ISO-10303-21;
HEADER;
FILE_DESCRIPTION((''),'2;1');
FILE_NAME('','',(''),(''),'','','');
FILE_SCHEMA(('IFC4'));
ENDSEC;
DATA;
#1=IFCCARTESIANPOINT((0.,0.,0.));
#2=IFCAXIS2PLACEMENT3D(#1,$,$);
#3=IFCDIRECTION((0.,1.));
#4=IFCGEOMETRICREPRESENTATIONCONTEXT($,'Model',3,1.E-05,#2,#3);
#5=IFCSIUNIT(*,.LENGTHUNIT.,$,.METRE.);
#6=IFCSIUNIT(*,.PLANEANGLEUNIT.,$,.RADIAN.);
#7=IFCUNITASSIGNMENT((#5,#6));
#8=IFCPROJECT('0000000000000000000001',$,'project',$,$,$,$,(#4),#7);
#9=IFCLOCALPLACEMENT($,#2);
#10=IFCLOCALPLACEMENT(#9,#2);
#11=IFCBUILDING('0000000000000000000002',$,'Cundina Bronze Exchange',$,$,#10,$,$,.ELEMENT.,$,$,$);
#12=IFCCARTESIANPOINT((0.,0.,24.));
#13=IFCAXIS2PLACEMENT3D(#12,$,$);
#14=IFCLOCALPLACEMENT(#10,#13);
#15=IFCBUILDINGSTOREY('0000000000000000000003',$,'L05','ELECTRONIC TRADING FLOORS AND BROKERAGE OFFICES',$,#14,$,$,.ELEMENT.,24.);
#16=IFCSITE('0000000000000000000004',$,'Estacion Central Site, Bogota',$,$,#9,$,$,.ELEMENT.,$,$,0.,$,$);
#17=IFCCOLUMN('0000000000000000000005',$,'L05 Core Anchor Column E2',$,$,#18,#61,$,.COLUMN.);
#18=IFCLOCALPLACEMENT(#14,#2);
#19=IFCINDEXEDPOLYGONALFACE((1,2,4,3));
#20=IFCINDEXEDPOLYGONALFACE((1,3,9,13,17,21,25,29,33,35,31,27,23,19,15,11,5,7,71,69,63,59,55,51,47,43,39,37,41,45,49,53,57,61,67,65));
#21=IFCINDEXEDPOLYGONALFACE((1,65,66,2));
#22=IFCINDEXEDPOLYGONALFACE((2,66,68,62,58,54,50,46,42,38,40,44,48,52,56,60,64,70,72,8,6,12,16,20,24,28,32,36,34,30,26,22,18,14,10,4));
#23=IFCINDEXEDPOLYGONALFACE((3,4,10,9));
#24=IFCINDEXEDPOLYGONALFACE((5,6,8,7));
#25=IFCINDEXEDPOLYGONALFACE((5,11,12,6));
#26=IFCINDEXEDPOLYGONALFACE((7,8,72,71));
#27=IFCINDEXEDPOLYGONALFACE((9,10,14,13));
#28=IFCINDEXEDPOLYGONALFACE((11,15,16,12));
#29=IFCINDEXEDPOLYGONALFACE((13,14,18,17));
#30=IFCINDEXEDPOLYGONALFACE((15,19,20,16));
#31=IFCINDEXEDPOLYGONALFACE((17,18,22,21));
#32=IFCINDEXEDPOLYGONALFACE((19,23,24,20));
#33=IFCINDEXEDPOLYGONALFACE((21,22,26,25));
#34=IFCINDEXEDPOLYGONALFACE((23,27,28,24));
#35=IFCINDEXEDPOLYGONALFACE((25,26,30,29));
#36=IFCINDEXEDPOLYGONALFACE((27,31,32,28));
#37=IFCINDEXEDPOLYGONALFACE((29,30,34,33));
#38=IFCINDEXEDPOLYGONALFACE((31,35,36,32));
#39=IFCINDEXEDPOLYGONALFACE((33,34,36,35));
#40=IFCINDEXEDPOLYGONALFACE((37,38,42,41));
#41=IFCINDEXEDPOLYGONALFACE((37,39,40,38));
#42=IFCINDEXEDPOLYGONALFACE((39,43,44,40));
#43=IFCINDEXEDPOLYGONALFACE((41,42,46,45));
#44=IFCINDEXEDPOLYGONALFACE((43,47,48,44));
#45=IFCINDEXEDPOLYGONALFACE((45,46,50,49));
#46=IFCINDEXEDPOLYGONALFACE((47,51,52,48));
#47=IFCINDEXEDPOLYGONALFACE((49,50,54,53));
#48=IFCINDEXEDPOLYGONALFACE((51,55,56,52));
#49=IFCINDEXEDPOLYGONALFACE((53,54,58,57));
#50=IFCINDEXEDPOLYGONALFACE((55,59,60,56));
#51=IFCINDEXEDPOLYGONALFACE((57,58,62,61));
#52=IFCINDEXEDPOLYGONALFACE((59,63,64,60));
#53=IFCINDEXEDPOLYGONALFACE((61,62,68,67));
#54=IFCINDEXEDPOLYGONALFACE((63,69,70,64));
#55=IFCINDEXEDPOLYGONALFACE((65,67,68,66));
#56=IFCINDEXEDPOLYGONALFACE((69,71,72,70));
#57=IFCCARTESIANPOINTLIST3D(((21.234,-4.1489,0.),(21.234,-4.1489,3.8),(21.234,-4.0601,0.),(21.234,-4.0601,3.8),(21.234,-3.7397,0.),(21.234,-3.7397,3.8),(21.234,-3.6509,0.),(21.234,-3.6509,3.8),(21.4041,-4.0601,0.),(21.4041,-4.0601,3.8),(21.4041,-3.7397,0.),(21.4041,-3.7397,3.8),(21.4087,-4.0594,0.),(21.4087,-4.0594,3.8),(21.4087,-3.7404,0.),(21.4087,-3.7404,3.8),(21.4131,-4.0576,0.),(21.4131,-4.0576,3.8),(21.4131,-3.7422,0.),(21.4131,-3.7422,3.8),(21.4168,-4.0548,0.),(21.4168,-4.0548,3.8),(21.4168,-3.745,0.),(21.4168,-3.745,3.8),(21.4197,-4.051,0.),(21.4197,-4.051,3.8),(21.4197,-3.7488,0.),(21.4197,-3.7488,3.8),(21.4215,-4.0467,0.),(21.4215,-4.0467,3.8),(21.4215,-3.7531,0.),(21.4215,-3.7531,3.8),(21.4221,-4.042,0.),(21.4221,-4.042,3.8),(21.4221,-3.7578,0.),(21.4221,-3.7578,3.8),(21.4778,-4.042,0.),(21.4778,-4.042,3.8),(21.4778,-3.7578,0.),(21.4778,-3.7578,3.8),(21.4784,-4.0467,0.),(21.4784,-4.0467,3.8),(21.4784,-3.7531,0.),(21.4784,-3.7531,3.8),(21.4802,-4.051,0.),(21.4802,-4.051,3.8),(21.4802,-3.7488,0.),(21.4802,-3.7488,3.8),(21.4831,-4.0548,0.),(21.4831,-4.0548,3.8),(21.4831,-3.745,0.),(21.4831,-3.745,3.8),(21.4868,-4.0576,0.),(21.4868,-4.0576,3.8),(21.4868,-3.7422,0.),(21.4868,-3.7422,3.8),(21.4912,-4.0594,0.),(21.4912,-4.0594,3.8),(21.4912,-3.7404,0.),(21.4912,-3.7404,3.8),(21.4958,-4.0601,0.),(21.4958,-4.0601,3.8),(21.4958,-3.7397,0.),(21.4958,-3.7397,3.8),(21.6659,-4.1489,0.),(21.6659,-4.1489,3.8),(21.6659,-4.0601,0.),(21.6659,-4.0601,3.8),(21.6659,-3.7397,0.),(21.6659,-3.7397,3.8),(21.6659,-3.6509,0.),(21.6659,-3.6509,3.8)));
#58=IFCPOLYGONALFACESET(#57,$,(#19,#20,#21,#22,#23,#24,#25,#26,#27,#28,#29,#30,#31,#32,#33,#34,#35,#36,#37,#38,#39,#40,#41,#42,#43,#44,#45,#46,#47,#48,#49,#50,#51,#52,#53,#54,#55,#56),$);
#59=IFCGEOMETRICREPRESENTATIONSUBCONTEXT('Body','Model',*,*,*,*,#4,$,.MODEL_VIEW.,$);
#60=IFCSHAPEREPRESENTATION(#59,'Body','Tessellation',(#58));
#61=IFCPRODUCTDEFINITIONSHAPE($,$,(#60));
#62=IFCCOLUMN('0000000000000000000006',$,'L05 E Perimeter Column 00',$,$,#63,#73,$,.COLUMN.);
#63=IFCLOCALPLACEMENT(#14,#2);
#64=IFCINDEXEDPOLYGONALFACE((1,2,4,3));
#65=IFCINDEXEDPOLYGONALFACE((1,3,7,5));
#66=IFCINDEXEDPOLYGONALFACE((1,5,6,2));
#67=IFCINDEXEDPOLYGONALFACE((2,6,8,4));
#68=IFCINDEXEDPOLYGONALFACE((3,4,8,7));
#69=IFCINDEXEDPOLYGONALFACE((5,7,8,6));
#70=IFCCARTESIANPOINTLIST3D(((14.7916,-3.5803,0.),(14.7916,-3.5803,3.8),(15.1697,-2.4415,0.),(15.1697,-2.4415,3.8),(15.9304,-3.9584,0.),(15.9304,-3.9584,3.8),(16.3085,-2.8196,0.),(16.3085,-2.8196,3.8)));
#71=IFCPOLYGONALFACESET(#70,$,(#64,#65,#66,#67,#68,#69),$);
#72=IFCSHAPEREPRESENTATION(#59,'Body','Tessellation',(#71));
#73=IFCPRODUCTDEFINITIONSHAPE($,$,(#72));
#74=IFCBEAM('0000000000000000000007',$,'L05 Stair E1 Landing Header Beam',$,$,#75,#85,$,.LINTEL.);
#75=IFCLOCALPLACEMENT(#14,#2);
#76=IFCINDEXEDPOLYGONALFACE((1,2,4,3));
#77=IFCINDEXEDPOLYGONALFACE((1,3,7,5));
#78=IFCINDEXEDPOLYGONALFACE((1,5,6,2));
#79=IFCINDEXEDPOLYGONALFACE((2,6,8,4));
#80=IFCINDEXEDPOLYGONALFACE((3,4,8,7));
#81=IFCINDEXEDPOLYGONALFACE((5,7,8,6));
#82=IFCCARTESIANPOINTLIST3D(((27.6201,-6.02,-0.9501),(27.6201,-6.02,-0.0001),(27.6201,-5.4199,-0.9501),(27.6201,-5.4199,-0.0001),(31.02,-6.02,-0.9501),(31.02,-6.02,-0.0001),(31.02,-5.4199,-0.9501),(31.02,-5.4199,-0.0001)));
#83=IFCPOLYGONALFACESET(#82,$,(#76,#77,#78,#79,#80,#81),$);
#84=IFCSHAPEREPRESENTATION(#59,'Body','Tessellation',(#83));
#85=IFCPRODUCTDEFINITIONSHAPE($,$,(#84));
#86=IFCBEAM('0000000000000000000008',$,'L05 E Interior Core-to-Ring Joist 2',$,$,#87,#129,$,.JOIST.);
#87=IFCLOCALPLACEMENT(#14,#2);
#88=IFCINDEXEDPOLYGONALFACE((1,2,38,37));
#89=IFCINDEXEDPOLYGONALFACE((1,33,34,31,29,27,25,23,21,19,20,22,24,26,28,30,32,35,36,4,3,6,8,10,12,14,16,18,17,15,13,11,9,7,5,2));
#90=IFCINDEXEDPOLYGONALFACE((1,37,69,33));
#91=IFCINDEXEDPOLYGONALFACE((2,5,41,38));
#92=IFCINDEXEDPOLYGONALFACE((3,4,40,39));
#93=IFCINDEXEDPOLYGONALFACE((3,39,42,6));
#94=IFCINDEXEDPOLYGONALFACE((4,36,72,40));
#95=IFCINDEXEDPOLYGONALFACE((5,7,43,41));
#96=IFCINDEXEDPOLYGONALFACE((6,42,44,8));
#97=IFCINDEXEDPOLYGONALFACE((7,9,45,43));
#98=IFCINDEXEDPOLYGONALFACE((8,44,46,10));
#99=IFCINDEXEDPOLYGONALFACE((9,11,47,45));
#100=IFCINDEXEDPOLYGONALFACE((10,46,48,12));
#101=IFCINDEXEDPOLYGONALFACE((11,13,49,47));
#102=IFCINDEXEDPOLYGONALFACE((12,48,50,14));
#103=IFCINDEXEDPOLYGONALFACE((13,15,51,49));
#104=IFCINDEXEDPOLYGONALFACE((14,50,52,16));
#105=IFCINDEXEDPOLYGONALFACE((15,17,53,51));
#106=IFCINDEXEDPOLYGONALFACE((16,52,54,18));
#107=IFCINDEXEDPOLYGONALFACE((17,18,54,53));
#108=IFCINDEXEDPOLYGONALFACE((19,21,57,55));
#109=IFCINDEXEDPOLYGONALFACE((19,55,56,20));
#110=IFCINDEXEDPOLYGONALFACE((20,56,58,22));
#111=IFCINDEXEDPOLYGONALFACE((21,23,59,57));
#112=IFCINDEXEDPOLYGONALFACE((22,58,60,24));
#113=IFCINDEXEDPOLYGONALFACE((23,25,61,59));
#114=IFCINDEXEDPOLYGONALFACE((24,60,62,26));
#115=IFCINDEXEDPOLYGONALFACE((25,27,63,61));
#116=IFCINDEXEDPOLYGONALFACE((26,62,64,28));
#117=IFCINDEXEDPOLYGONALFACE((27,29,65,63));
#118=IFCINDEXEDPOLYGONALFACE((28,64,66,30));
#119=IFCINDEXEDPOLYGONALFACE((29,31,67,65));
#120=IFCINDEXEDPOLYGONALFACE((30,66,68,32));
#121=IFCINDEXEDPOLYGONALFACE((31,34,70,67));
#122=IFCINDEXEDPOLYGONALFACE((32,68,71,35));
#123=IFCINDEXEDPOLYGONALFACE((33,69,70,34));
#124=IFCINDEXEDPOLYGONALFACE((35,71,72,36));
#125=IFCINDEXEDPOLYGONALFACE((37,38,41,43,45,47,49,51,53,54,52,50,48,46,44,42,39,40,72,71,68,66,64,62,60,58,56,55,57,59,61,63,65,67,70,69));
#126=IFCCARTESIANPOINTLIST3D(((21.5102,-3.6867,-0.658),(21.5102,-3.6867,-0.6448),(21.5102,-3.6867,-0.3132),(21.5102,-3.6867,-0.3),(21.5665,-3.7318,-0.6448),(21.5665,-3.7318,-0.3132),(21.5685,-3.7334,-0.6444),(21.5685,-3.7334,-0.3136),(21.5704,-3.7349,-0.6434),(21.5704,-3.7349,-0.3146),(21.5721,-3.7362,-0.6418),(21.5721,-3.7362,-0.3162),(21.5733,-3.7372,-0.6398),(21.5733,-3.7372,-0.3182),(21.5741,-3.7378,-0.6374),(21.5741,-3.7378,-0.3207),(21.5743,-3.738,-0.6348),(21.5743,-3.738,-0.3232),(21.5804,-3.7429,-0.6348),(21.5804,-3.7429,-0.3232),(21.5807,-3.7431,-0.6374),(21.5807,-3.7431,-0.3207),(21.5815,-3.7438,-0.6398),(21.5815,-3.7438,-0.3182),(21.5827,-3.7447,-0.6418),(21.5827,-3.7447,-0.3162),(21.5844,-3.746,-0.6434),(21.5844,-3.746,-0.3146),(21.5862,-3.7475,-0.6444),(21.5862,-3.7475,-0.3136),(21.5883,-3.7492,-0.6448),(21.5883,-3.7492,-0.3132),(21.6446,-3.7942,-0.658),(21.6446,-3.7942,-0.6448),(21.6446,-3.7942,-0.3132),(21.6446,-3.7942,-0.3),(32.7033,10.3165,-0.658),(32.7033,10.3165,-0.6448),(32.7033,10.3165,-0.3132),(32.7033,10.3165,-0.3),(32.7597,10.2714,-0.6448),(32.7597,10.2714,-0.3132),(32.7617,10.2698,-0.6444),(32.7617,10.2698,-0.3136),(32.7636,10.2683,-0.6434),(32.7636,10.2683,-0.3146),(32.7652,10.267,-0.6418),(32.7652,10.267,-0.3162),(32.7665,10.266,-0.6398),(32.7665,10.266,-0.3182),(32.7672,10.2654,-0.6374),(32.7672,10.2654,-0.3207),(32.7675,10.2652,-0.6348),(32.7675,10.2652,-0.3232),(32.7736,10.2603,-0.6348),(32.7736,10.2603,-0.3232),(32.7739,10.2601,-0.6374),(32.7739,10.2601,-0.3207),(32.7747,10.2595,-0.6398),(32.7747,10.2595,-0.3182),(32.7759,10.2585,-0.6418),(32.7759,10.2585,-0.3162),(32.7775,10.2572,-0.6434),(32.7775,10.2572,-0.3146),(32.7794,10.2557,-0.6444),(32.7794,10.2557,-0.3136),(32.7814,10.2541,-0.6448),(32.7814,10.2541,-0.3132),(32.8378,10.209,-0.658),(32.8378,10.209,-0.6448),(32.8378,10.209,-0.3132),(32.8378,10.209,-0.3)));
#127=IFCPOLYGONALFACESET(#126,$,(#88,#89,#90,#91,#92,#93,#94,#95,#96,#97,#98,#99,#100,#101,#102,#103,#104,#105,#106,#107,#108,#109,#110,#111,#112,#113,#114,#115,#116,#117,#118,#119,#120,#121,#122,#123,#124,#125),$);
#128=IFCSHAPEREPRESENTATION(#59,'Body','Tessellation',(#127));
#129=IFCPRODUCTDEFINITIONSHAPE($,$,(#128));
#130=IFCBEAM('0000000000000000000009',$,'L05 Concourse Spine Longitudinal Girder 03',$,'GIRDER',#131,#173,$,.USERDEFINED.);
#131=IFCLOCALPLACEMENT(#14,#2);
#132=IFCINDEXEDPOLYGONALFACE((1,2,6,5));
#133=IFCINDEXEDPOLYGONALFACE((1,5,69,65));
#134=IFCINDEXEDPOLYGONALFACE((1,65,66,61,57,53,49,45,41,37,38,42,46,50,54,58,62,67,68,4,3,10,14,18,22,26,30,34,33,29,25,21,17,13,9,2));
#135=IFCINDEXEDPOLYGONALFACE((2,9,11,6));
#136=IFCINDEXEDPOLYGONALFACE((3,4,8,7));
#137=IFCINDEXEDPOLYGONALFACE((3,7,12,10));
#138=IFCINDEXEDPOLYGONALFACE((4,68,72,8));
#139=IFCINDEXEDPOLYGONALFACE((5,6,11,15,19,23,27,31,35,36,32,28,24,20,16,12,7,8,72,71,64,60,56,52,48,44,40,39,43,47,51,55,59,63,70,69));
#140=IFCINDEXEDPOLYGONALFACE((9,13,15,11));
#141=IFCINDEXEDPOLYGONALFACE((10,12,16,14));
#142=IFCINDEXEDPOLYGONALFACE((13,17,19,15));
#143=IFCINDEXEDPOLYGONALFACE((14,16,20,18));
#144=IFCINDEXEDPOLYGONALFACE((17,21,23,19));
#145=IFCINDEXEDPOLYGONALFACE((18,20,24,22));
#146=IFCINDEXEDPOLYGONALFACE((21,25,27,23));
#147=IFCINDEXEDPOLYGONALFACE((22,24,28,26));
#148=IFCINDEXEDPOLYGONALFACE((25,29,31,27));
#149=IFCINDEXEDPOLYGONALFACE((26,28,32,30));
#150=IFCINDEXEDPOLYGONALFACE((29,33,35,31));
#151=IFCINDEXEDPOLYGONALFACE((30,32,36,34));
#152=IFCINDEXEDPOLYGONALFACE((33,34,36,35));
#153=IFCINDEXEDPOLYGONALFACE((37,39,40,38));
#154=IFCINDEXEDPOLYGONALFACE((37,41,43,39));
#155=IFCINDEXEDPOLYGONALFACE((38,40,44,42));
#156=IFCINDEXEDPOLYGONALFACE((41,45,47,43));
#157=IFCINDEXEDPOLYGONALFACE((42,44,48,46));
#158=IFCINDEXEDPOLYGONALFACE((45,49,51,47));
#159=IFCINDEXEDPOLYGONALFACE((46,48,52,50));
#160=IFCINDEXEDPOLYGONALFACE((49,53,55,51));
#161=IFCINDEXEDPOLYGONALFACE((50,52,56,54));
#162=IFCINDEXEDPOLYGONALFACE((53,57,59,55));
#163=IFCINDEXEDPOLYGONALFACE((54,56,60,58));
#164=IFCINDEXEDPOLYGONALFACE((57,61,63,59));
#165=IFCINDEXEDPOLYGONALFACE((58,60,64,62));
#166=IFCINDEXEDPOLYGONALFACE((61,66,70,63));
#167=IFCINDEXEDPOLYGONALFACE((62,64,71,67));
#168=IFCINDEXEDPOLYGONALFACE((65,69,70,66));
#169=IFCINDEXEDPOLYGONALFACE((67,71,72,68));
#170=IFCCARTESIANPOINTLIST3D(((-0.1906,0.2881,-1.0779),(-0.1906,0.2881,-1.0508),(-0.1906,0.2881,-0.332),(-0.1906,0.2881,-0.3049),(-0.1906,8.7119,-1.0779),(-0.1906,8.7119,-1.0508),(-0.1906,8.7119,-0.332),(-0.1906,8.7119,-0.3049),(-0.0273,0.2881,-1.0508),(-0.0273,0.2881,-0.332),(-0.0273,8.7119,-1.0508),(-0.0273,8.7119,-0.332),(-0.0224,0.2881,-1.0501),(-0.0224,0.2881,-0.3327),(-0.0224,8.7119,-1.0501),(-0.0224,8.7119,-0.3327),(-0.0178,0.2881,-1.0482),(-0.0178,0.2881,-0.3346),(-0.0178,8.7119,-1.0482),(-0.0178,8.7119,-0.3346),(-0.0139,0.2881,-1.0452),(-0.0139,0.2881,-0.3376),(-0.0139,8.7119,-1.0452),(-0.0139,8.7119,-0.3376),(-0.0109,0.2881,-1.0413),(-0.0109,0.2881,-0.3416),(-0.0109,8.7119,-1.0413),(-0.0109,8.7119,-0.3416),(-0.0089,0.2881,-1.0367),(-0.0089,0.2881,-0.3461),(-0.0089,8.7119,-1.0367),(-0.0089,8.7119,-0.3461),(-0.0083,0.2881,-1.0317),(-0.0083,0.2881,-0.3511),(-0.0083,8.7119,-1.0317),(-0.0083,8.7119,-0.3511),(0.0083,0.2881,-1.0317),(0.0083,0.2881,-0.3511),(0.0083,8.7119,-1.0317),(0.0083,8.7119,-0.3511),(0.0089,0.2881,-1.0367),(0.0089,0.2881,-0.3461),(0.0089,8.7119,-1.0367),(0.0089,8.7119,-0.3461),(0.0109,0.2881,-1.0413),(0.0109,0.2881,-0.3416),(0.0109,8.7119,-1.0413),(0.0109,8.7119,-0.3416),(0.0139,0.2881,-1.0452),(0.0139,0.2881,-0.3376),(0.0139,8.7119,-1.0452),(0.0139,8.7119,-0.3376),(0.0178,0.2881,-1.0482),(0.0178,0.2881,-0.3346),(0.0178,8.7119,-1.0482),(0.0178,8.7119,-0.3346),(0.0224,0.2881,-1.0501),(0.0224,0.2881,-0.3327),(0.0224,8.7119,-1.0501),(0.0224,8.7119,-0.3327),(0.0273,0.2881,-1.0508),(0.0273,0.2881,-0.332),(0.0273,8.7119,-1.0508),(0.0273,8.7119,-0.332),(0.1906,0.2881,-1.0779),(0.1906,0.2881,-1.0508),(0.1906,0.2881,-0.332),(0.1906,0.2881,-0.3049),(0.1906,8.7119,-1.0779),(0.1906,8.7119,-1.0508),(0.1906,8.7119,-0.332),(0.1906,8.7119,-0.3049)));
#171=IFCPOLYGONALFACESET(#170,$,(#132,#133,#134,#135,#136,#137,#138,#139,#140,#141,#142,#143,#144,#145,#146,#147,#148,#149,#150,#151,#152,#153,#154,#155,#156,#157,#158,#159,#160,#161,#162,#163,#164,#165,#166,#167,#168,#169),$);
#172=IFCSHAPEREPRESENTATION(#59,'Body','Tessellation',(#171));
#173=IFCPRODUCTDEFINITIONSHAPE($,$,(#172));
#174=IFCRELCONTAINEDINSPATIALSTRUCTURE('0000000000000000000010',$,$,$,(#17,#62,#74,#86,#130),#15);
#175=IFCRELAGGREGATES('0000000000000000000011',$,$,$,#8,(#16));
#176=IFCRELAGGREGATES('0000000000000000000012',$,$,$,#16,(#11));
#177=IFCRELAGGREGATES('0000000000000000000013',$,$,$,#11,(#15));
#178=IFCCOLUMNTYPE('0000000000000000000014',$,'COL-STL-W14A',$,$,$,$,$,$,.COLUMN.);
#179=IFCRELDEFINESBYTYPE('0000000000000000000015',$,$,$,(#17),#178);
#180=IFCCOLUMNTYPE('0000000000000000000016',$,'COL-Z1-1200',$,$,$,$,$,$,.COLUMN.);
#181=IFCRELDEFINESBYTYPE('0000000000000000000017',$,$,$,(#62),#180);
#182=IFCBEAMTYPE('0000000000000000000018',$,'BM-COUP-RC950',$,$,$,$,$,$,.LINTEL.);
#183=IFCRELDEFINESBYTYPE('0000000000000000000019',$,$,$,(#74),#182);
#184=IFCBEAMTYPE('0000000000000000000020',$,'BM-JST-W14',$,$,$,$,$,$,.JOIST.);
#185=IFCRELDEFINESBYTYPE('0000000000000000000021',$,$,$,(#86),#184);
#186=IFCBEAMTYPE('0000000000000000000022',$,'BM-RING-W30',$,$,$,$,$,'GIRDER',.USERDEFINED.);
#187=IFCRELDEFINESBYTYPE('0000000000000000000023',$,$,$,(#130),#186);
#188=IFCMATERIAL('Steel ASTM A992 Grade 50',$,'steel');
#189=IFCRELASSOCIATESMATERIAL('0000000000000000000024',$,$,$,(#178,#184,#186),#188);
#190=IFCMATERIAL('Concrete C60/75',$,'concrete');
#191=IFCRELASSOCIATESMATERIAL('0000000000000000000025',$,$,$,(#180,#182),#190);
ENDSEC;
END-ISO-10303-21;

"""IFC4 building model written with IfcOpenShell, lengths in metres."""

from ifc_helpers import new_model, si_unit, direction, frame, origin, origin_2d, place, context, subcontext, project, spatial, rectangle, i_section, extrude, material, material_profile, profile_set, type_object, element, save


model = new_model("IFC4")

# Units and contexts
model_context = context("Model", 3, precision=1e-05, world=origin(), true_north=direction((0.0, 1.0)))
body_context = subcontext(model_context, "Body", "Model", "MODEL_VIEW")
ifc_project = project(units=[si_unit("LENGTHUNIT", "METRE"), si_unit("PLANEANGLEUNIT", "RADIAN")], contexts=[model_context])

# Site, building, storey
site_placement = place(None, origin())
site = spatial("IfcSite", under=ifc_project, at=site_placement, Name="Estacion Central Site, Bogota", CompositionType="ELEMENT", RefElevation=0.0)
building_placement = place(site_placement, origin())
building = spatial("IfcBuilding", under=site, at=building_placement, Name="Cundina Bronze Exchange", CompositionType="ELEMENT")
storey_placement = place(building_placement, frame((0.0, 0.0, 24.0)))
storey = spatial("IfcBuildingStorey", under=building, at=storey_placement, Name="L05", Description="ELECTRONIC TRADING FLOORS AND BROKERAGE OFFICES", CompositionType="ELEMENT", Elevation=24.0)

# Columns
ifc_material_1 = material(Name="Steel ASTM A992 Grade 50", Category="steel")
ifc_material_profile_1 = material_profile(ifc_material_1, i_section(OverallWidth=0.4319, OverallDepth=0.498, WebThickness=0.0557, FlangeThickness=0.0889, FilletRadius=0.0181, at=origin_2d()), Name="W14X500", Category="steel")
ifc_profile_set_1 = profile_set([ifc_material_profile_1], Name="Steel ASTM A992 Grade 50")
column_type_1 = type_object("IfcColumnType", Name="COL-STL-W14A", PredefinedType="COLUMN", material=ifc_profile_set_1)
column_1_placement = place(storey_placement, frame((21.45, -3.8999, 0.0), z_axis=(0.0, 0.0, 1.0), x_axis=(1.0, 0.0, 0.0)))
element("IfcColumn", 1, at=column_1_placement, inside=storey, type_object=column_type_1, Name="L05 Core Anchor Column E2", PredefinedType="COLUMN", context=body_context, shape_type="SweptSolid", body=[
    extrude(i_section(OverallWidth=0.4319, OverallDepth=0.498, WebThickness=0.0557, FlangeThickness=0.0889, FilletRadius=0.0181, at=origin_2d()), origin(), (0.0, 0.0, 1.0), 3.8),
])
ifc_material_2 = material(Name="Concrete C60/75", Category="concrete")
ifc_material_profile_2 = material_profile(ifc_material_2, rectangle(XDim=1.2, YDim=1.2, at=origin_2d()), Name="RC1200X1200", Category="concrete")
ifc_profile_set_2 = profile_set([ifc_material_profile_2], Name="Concrete C60/75")
column_type_2 = type_object("IfcColumnType", Name="COL-Z1-1200", PredefinedType="COLUMN", material=ifc_profile_set_2)
column_2_placement = place(storey_placement, frame((15.55, -3.2, 0.0), z_axis=(0.0, 0.0, 1.0), x_axis=(-0.315152, -0.949041, 0.0)))
element("IfcColumn", 2, at=column_2_placement, inside=storey, type_object=column_type_2, Name="L05 E Perimeter Column 00", PredefinedType="COLUMN", context=body_context, shape_type="SweptSolid", body=[
    extrude(rectangle(XDim=1.2, YDim=1.2, at=origin_2d()), origin(), (0.0, 0.0, 1.0), 3.8),
])

# Beams
ifc_material_profile_3 = material_profile(ifc_material_2, rectangle(XDim=0.6001, YDim=0.95, at=origin_2d()), Name="RC600X950", Category="concrete")
ifc_profile_set_3 = profile_set([ifc_material_profile_3], Name="Concrete C60/75")
beam_type_1 = type_object("IfcBeamType", Name="BM-COUP-RC950", PredefinedType="LINTEL", material=ifc_profile_set_3)
beam_1_placement = place(storey_placement, frame((27.6201, -5.72, -0.4751), z_axis=(1.0, 0.0, 0.0), x_axis=(0.0, 1.0, 0.0)))
element("IfcBeam", 3, at=beam_1_placement, inside=storey, type_object=beam_type_1, Name="L05 Stair E1 Landing Header Beam", PredefinedType="LINTEL", context=body_context, shape_type="SweptSolid", body=[
    extrude(rectangle(XDim=0.6001, YDim=0.95, at=origin_2d()), origin(), (0.0, 0.0, 1.0), 3.3999),
])
ifc_material_profile_4 = material_profile(ifc_material_1, i_section(OverallWidth=0.1721, OverallDepth=0.3579, WebThickness=0.0078, FlangeThickness=0.0132, FilletRadius=0.01, at=origin_2d()), Name="W14X38", Category="steel")
ifc_profile_set_4 = profile_set([ifc_material_profile_4], Name="Steel ASTM A992 Grade 50")
beam_type_2 = type_object("IfcBeamType", Name="BM-JST-W14", PredefinedType="JOIST", material=ifc_profile_set_4)
beam_2_placement = place(storey_placement, frame((21.5774, -3.7405, -0.479), z_axis=(0.624374, 0.781125, 0.0), x_axis=(-0.781125, 0.624374, 0.0)))
element("IfcBeam", 4, at=beam_2_placement, inside=storey, type_object=beam_type_2, Name="L05 E Interior Core-to-Ring Joist 2", PredefinedType="JOIST", context=body_context, shape_type="SweptSolid", body=[
    extrude(i_section(OverallWidth=0.1721, OverallDepth=0.3579, WebThickness=0.0078, FlangeThickness=0.0132, FilletRadius=0.01, at=origin_2d()), origin(), (0.0, 0.0, 1.0), 17.927),
])
ifc_material_profile_5 = material_profile(ifc_material_1, i_section(OverallWidth=0.3811, OverallDepth=0.7729, WebThickness=0.0166, FlangeThickness=0.0271, FilletRadius=0.019, at=origin_2d()), Name="W30X173", Category="steel")
ifc_profile_set_5 = profile_set([ifc_material_profile_5], Name="Steel ASTM A992 Grade 50")
beam_type_3 = type_object("IfcBeamType", Name="BM-RING-W30", ElementType="GIRDER", PredefinedType="USERDEFINED", material=ifc_profile_set_5)
beam_3_placement = place(storey_placement, frame((0.0, 0.2881, -0.6914), z_axis=(0.0, 1.0, 0.0), x_axis=(-1.0, 0.0, 0.0)))
element("IfcBeam", 5, at=beam_3_placement, inside=storey, type_object=beam_type_3, Name="L05 Concourse Spine Longitudinal Girder 03", ObjectType="GIRDER", PredefinedType="USERDEFINED", context=body_context, shape_type="SweptSolid", body=[
    extrude(i_section(OverallWidth=0.3811, OverallDepth=0.7729, WebThickness=0.0166, FlangeThickness=0.0271, FilletRadius=0.019, at=origin_2d()), origin(), (0.0, 0.0, 1.0), 8.4238),
])

save(model, "model.ifc")
